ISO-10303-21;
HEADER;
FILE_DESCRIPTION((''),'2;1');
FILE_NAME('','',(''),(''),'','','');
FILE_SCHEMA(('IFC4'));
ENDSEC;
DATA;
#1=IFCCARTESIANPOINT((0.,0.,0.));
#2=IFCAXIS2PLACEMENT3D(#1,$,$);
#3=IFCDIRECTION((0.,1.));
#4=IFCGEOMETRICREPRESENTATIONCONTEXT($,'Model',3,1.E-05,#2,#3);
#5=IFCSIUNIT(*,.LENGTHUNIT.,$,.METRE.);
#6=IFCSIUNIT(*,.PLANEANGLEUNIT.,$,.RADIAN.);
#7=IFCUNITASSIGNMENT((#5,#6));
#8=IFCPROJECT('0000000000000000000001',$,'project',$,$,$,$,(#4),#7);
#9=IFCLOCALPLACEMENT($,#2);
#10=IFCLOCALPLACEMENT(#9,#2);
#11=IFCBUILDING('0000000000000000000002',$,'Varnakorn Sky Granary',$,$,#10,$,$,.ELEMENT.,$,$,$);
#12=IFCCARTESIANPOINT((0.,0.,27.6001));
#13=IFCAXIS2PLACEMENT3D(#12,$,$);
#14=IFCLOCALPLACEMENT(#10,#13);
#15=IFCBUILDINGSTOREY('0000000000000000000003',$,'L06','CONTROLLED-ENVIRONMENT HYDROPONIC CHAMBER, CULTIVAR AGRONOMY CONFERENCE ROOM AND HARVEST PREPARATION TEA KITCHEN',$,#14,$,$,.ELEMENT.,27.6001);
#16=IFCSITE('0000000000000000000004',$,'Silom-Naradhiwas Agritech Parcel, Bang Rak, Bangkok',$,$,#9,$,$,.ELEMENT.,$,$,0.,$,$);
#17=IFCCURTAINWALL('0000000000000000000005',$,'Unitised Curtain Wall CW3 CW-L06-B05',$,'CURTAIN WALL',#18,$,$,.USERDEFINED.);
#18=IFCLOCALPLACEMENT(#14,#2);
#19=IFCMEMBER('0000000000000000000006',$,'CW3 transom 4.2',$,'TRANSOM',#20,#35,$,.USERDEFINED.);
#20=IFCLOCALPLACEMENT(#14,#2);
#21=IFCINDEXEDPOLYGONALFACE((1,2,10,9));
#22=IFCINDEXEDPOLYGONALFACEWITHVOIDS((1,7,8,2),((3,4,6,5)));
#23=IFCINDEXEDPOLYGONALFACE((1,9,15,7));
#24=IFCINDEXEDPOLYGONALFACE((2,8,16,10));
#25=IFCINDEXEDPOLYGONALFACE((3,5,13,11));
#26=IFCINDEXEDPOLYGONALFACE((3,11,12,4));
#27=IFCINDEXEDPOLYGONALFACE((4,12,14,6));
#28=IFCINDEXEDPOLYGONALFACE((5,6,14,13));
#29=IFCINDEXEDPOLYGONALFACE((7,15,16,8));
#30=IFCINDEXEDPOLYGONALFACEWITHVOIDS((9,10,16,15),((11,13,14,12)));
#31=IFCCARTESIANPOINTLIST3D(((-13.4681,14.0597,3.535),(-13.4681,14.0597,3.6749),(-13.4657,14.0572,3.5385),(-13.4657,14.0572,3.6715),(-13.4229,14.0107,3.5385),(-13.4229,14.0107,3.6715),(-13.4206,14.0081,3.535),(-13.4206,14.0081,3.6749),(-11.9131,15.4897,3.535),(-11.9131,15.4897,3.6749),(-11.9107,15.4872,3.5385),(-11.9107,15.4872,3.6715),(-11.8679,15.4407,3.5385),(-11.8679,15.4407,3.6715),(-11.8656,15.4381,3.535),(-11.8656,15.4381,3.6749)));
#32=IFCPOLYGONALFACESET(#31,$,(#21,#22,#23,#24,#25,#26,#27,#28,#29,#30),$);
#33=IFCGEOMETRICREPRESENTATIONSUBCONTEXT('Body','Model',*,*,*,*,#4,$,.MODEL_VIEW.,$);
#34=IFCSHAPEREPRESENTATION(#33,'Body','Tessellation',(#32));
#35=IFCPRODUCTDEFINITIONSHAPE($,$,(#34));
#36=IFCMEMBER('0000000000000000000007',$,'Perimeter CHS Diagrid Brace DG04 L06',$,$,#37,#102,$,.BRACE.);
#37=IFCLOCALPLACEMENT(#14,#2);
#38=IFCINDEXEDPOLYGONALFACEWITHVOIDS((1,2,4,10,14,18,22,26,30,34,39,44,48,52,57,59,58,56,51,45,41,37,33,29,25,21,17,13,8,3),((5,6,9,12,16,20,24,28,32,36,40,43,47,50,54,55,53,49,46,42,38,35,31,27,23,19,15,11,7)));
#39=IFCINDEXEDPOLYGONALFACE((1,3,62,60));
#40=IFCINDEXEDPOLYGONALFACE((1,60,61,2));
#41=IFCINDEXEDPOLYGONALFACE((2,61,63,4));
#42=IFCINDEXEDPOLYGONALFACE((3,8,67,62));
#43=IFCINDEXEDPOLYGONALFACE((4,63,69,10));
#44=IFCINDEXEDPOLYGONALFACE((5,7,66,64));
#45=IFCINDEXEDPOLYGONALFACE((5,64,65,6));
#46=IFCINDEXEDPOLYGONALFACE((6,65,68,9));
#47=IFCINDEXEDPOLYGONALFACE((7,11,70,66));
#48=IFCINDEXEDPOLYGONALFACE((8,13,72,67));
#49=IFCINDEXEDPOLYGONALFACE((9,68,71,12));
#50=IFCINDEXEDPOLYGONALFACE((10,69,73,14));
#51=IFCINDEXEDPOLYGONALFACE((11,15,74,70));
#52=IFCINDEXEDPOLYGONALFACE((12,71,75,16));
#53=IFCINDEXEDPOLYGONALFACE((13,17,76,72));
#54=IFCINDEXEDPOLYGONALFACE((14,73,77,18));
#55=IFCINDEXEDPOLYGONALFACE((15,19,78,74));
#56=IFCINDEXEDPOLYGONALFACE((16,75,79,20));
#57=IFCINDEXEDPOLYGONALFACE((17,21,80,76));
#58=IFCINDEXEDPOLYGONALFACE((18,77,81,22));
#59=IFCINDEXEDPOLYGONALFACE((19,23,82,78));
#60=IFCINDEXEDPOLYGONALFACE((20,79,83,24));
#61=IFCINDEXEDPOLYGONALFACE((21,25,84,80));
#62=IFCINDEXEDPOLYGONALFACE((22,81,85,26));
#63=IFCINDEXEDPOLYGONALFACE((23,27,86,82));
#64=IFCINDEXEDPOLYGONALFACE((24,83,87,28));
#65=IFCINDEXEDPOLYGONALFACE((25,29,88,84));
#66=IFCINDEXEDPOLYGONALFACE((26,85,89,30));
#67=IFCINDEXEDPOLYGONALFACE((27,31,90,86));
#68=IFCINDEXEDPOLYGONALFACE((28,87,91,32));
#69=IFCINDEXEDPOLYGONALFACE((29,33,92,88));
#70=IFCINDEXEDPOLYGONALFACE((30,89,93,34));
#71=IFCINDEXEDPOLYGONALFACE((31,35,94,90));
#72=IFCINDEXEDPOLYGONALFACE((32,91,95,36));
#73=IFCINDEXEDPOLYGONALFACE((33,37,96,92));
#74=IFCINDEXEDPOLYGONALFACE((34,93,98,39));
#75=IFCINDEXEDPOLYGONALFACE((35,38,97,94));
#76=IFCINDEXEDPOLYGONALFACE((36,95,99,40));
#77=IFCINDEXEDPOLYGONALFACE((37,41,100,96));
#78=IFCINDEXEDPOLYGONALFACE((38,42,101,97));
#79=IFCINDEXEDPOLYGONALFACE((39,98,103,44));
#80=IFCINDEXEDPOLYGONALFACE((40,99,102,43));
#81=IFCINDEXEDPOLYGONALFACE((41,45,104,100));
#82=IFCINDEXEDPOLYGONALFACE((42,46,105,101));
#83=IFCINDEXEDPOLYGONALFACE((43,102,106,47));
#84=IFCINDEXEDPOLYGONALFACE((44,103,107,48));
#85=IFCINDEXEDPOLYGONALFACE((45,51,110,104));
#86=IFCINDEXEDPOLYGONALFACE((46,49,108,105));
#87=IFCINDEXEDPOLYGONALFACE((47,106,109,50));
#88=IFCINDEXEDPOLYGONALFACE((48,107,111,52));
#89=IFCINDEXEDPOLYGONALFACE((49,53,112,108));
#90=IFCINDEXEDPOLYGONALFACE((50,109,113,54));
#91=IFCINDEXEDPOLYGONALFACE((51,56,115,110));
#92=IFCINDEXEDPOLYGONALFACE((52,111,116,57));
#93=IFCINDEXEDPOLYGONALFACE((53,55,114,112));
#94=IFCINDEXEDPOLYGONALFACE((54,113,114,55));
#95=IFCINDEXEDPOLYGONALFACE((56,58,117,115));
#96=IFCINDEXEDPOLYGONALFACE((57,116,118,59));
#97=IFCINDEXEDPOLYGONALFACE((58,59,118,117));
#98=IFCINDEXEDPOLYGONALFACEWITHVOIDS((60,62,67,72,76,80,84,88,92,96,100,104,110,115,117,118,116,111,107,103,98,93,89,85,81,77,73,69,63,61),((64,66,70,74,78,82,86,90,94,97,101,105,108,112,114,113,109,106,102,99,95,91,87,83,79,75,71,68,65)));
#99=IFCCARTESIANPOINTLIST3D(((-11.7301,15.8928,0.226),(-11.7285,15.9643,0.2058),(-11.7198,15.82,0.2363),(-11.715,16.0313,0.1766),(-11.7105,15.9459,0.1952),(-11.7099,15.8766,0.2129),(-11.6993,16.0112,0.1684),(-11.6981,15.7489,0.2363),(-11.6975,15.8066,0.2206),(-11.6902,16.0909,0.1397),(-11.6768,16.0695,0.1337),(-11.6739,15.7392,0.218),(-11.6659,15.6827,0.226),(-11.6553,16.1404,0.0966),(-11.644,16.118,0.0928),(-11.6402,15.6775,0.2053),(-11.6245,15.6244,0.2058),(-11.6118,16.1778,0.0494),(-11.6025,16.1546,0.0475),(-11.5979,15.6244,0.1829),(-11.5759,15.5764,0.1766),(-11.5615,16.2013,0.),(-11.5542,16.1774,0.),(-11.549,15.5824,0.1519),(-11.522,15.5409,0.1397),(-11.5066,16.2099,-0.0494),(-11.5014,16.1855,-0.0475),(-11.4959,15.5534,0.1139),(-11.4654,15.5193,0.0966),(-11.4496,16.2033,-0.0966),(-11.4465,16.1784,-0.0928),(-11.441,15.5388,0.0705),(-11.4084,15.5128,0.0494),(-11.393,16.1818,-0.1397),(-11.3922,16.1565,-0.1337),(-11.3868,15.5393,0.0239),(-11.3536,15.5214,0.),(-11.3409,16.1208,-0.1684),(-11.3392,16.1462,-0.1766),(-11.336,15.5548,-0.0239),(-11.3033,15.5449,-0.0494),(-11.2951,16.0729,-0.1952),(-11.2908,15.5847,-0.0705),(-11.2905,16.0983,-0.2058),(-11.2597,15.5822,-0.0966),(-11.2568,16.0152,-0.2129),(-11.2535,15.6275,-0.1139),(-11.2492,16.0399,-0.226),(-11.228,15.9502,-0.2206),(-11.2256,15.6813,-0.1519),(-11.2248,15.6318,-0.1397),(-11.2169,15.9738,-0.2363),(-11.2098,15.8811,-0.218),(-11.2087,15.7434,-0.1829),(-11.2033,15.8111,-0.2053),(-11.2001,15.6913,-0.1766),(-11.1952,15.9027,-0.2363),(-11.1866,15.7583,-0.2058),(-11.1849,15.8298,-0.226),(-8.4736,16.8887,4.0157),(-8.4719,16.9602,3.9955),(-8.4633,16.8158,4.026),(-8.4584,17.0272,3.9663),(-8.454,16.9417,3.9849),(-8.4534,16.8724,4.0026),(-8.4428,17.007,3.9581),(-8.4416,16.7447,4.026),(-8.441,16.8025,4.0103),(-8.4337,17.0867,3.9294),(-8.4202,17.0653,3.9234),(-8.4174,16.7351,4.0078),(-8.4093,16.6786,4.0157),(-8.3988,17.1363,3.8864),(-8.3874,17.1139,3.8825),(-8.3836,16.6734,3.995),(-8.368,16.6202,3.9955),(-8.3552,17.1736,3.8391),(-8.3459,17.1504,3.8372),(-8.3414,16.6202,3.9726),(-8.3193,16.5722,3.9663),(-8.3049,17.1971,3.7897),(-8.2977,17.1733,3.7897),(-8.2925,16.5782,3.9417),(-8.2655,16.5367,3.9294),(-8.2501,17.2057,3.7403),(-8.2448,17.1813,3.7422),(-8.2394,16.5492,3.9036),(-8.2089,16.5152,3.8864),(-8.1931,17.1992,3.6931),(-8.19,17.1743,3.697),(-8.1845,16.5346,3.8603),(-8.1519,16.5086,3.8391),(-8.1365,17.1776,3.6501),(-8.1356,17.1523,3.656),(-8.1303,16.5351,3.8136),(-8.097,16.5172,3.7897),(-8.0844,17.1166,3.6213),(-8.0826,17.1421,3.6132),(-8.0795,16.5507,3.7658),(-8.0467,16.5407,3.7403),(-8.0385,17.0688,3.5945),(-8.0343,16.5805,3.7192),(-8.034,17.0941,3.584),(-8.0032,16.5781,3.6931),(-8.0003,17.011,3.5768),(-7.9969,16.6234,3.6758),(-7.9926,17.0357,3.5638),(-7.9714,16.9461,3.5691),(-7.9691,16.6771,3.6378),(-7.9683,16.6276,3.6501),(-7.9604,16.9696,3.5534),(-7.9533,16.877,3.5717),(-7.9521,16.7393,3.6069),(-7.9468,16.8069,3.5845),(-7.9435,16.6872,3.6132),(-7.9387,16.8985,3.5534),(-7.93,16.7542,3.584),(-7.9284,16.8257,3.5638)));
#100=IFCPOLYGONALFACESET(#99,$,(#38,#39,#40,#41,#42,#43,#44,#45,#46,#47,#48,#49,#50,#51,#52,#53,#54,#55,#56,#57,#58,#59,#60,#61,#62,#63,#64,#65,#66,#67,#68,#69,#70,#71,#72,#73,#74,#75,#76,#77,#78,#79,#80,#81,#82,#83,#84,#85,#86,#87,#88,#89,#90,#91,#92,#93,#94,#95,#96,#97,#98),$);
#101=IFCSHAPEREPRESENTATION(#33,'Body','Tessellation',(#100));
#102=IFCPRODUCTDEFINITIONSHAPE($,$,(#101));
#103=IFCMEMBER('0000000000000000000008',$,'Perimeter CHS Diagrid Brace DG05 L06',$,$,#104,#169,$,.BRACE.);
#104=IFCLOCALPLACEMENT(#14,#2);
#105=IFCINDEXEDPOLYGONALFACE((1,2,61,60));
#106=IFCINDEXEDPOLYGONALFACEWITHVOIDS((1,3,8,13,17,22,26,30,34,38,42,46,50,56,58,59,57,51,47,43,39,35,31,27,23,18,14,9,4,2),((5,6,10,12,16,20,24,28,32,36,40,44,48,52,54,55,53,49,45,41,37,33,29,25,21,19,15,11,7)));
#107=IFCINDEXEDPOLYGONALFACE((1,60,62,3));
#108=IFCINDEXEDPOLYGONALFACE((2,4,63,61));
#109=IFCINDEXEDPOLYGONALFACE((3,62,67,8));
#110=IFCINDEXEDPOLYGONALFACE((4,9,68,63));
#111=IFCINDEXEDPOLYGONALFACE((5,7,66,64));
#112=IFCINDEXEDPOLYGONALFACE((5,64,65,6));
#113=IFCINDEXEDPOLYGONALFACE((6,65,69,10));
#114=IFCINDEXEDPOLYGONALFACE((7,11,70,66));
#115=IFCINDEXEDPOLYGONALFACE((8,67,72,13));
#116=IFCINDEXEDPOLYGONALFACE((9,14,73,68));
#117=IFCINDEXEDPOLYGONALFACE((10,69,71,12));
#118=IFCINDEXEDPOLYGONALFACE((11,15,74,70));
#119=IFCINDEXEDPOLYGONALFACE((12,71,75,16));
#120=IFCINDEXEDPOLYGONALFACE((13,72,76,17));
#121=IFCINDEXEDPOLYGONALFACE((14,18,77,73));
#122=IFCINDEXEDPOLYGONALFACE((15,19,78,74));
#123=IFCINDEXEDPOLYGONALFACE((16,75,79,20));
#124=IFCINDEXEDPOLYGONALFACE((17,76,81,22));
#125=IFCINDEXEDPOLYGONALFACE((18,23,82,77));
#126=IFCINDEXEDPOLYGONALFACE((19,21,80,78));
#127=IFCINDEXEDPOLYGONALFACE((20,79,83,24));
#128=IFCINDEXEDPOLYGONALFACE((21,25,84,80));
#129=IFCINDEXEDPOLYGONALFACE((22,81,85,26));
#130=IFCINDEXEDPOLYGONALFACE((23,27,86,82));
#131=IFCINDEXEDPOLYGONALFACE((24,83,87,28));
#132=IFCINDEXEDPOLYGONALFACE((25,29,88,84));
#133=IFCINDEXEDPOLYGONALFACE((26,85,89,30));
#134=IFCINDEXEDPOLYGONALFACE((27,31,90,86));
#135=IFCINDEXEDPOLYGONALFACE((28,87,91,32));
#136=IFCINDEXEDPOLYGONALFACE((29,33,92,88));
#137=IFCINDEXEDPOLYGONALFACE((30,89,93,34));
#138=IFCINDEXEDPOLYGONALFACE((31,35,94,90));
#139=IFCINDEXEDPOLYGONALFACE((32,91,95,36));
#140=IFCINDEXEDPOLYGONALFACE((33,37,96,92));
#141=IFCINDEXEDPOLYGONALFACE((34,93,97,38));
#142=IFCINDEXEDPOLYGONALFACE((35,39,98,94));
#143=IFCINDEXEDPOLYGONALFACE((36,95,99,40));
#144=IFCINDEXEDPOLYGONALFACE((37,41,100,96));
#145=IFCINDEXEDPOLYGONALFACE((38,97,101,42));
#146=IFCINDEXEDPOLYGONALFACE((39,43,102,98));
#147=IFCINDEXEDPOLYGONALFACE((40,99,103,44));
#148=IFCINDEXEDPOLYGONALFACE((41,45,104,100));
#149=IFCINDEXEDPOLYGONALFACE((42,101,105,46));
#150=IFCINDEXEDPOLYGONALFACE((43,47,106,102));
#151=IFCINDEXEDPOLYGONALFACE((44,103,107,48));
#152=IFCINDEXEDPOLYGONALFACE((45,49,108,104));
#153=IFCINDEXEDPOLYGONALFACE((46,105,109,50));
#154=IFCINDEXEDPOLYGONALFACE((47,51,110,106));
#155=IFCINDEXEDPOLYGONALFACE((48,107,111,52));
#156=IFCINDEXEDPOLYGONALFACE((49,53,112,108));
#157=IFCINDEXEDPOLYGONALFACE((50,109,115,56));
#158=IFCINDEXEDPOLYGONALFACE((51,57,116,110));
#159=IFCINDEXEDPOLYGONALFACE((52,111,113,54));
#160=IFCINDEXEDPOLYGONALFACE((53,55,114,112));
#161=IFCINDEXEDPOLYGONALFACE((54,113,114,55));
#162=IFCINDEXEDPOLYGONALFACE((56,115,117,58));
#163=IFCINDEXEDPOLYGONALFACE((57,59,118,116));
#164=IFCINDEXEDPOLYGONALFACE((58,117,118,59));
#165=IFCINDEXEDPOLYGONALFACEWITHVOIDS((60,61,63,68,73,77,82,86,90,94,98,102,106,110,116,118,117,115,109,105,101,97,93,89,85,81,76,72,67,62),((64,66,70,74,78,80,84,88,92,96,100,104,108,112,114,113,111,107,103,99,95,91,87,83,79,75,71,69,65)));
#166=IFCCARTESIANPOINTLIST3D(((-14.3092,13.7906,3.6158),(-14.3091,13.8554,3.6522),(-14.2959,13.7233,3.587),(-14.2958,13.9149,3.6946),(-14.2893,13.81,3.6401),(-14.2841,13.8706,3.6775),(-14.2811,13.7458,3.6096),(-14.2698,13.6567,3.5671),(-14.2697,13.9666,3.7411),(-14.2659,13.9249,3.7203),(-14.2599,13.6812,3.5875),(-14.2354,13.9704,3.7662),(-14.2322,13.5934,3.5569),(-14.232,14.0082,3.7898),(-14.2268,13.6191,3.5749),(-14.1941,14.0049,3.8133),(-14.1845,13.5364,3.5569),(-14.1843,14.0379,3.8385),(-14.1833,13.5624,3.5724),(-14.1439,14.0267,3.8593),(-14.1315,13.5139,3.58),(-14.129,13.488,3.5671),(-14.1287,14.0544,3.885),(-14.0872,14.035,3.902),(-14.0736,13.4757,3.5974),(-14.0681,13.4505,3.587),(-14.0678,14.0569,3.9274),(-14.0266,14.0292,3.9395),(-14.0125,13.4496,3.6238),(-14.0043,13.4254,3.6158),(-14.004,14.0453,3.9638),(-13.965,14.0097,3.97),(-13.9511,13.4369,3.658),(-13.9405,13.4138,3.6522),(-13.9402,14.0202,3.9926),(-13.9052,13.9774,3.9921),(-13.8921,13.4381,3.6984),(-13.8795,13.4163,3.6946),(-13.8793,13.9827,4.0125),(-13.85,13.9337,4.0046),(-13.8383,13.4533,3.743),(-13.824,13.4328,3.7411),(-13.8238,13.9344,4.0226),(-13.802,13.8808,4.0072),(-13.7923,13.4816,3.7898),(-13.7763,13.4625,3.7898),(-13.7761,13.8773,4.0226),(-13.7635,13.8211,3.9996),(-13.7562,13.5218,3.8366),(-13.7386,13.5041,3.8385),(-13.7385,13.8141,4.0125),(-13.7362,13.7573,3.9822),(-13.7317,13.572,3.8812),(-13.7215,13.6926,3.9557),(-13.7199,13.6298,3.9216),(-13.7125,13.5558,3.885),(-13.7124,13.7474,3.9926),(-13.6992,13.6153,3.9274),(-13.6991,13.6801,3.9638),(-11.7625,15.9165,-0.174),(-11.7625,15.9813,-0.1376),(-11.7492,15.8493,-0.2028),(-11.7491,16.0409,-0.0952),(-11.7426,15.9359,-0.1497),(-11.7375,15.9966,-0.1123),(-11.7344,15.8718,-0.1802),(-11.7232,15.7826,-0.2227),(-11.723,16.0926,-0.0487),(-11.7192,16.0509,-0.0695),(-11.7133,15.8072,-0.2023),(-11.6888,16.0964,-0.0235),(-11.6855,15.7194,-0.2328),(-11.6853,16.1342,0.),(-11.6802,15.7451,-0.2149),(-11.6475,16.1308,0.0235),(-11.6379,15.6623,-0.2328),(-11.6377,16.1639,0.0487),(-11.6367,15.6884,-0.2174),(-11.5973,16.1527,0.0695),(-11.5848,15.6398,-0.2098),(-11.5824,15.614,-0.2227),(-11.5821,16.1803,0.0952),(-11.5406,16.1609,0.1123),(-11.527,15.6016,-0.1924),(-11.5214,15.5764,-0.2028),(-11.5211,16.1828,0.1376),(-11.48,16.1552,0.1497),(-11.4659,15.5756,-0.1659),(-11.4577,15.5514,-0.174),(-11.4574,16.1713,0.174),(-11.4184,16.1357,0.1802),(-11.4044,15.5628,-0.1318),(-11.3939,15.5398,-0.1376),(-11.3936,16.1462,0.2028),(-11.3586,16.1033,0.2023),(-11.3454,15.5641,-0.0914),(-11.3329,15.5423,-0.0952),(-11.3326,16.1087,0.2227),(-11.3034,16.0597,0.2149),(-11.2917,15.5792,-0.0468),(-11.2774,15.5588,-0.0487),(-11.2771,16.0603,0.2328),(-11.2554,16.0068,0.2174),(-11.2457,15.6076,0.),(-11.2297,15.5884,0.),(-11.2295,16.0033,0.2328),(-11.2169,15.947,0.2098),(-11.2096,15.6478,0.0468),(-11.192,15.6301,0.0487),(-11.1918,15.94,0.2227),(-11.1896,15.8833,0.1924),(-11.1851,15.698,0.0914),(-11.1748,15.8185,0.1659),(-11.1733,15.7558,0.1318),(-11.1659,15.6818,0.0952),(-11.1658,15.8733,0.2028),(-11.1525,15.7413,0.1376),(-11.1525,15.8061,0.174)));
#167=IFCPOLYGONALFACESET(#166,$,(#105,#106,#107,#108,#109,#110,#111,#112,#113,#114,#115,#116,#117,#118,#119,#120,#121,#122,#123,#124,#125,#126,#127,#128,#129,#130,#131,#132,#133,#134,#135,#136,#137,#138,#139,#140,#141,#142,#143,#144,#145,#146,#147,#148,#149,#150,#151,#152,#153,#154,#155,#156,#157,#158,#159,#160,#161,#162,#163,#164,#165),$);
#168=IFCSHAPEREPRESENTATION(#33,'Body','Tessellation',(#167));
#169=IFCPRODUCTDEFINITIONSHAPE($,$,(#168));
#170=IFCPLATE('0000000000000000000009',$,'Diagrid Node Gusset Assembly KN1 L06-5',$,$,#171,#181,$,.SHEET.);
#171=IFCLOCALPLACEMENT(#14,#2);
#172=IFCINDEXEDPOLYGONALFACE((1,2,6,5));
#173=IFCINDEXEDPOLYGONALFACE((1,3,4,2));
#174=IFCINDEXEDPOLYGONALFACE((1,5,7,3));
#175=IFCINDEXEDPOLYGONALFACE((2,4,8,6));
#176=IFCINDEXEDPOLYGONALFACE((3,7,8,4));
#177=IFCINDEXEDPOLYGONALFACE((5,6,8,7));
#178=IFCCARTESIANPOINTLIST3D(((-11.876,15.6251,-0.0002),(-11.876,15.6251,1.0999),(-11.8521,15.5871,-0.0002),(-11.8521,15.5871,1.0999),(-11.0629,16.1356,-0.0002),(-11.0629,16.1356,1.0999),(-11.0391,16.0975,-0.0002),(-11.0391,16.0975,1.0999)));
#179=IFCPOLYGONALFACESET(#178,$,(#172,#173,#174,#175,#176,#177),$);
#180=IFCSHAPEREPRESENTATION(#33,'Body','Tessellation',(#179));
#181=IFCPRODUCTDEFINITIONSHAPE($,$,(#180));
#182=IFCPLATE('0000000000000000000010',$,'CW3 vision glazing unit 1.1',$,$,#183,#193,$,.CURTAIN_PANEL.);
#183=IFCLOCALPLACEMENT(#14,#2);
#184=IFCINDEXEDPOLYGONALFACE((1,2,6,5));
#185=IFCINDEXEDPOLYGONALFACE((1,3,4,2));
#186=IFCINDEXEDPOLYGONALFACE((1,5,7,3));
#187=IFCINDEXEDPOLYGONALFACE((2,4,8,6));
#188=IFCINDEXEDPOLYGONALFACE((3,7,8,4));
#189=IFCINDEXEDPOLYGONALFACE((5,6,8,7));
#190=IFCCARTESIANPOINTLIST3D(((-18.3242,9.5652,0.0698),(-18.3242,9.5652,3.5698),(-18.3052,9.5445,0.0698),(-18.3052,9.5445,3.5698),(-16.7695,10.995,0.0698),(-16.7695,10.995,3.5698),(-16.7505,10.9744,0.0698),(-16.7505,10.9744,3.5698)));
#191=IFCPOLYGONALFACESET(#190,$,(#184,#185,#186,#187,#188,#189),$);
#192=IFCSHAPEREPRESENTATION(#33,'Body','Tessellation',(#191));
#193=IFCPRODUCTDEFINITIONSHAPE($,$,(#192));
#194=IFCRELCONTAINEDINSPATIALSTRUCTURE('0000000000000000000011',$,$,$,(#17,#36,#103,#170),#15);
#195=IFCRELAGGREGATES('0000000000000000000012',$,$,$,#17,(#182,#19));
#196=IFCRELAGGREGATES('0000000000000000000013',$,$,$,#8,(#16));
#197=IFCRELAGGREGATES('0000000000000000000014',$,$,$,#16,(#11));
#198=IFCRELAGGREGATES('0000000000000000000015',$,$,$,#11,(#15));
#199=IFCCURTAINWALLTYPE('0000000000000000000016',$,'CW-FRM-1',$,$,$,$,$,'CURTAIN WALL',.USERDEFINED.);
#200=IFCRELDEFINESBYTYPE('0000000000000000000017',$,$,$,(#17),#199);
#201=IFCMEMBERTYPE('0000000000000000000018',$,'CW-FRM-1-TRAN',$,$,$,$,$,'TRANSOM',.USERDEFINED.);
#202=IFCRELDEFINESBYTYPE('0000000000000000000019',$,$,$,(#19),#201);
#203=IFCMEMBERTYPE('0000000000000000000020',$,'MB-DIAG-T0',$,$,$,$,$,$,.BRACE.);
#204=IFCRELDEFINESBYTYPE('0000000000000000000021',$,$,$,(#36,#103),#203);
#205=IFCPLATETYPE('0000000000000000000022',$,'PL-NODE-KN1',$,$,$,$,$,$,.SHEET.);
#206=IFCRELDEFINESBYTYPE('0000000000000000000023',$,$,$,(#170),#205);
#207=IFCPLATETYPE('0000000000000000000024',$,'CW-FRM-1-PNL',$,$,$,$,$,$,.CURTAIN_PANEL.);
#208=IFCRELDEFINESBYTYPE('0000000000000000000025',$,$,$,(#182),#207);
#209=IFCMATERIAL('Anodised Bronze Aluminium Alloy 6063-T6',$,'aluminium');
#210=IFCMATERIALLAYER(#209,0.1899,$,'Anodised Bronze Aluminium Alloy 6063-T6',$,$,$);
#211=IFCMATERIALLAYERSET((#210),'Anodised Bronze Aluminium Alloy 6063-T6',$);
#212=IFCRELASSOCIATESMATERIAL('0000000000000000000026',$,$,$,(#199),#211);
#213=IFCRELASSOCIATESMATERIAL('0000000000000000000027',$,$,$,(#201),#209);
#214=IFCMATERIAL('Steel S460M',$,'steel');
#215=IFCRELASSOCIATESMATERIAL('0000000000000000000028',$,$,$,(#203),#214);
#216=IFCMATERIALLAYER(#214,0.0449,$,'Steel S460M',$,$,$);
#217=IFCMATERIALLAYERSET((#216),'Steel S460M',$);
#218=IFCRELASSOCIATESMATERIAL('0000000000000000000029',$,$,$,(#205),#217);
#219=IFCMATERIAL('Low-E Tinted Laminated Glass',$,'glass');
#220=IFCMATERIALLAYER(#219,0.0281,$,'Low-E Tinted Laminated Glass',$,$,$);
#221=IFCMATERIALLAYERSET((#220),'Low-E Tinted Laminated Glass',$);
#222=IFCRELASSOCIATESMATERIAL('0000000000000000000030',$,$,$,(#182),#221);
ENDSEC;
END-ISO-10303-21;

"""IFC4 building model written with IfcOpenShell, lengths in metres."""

from ifc_helpers import new_model, si_unit, direction, frame, origin, origin_2d, place, context, subcontext, project, spatial, rectangle, hollow_rectangle, hollow_circle, extrude, source, transform, mapped, material, layer, layer_set, material_profile, profile_set, type_object, element, aggregate, save


model = new_model("IFC4")

# Units and contexts
model_context = context("Model", 3, precision=1e-05, world=origin(), true_north=direction((0.0, 1.0)))
body_context = subcontext(model_context, "Body", "Model", "MODEL_VIEW")
ifc_project = project(units=[si_unit("LENGTHUNIT", "METRE"), si_unit("PLANEANGLEUNIT", "RADIAN")], contexts=[model_context])

# Site, building, storey
site_placement = place(None, origin())
site = spatial("IfcSite", under=ifc_project, at=site_placement, Name="Silom-Naradhiwas Agritech Parcel, Bang Rak, Bangkok", CompositionType="ELEMENT", RefElevation=0.0)
building_placement = place(site_placement, origin())
building = spatial("IfcBuilding", under=site, at=building_placement, Name="Varnakorn Sky Granary", CompositionType="ELEMENT")
storey_placement = place(building_placement, frame((0.0, 0.0, 27.6001)))
storey = spatial("IfcBuildingStorey", under=building, at=storey_placement, Name="L06", Description="CONTROLLED-ENVIRONMENT HYDROPONIC CHAMBER, CULTIVAR AGRONOMY CONFERENCE ROOM AND HARVEST PREPARATION TEA KITCHEN", CompositionType="ELEMENT", Elevation=27.6001)

# Shared definitions
ifc_material_1 = material(Name="Steel S460M", Category="steel")

# Curtain wall
ifc_material_2 = material(Name="Anodised Bronze Aluminium Alloy 6063-T6", Category="aluminium")
ifc_layer_1 = layer(ifc_material_2, 0.1899, Name="Anodised Bronze Aluminium Alloy 6063-T6")
ifc_layer_set_1 = layer_set([ifc_layer_1], Name="Anodised Bronze Aluminium Alloy 6063-T6")
curtain_wall_type = type_object("IfcCurtainWallType", Name="CW-FRM-1", ElementType="CURTAIN WALL", PredefinedType="USERDEFINED", material=ifc_layer_set_1)
curtain_wall_1_placement = place(storey_placement, origin())
curtain_wall_1 = element("IfcCurtainWall", 1, at=curtain_wall_1_placement, inside=storey, type_object=curtain_wall_type, Name="Unitised Curtain Wall CW3 CW-L06-B05", ObjectType="CURTAIN WALL", PredefinedType="USERDEFINED")

# Member
ifc_material_profile_1 = material_profile(ifc_material_2, hollow_rectangle(XDim=0.0701, YDim=0.1399, WallThickness=0.0034, at=origin_2d()), Name="ALU TRAN 70x140")
ifc_profile_set_1 = profile_set([ifc_material_profile_1], Name="Anodised Bronze Aluminium Alloy 6063-T6")
member_type_1 = type_object("IfcMemberType", Name="CW-FRM-1-TRAN", ElementType="TRANSOM", PredefinedType="USERDEFINED", material=ifc_profile_set_1)
member_1_placement = place(storey_placement, frame((-13.4443, 14.0339, 3.605), z_axis=(0.736074, 0.676901, 0.0), x_axis=(-0.676901, 0.736074, 0.0)))
member_1 = element("IfcMember", 2, at=member_1_placement, type_object=member_type_1, Name="CW3 transom 4.2", ObjectType="TRANSOM", PredefinedType="USERDEFINED", context=body_context, shape_type="SweptSolid", body=[
    extrude(hollow_rectangle(XDim=0.0701, YDim=0.1399, WallThickness=0.0034, at=origin_2d()), origin(), (0.0, 0.0, 1.0), 2.1125),
])

# Members
ifc_material_profile_2 = material_profile(ifc_material_1, hollow_circle(Radius=0.3555, WallThickness=0.0249, at=origin_2d()), Name="CHS 711x25")
ifc_profile_set_2 = profile_set([ifc_material_profile_2], Name="Steel S460M")
member_type_2 = type_object("IfcMemberType", Name="MB-DIAG-T0", PredefinedType="BRACE", material=ifc_profile_set_2)
member_2_placement = place(storey_placement, frame((-11.4575, 15.8613, 0.0), z_axis=(0.639166, 0.195454, 0.743817), x_axis=(-0.292428, 0.956288, 0.0)))
element("IfcMember", 3, at=member_2_placement, inside=storey, type_object=member_type_2, Name="Perimeter CHS Diagrid Brace DG04 L06", PredefinedType="BRACE", context=body_context, shape_type="SweptSolid", body=[
    extrude(hollow_circle(Radius=0.3555, WallThickness=0.0249, at=origin_2d()), origin(), (0.0, 0.0, 1.0), 5.095),
])
member_3_placement = place(storey_placement, frame((-11.4575, 15.8613, 0.0), z_axis=(-0.505622, -0.422103, 0.752446), x_axis=(0.640857, -0.76766, 0.0)))
element("IfcMember", 4, at=member_3_placement, inside=storey, type_object=member_type_2, Name="Perimeter CHS Diagrid Brace DG05 L06", PredefinedType="BRACE", context=body_context, shape_type="SweptSolid", body=[
    extrude(hollow_circle(Radius=0.3555, WallThickness=0.0249, at=origin_2d()), origin(), (0.0, 0.0, 1.0), 5.0366),
])

# Plates
ifc_layer_2 = layer(ifc_material_1, 0.0449, Name="Steel S460M")
ifc_layer_set_2 = layer_set([ifc_layer_2], Name="Steel S460M")
plate_type_1 = type_object("IfcPlateType", Name="PL-NODE-KN1", PredefinedType="SHEET", material=ifc_layer_set_2)
plate_1_placement = place(storey_placement, frame((-11.4575, 15.8613, -0.0002), z_axis=(0.0, 0.0, 1.0), x_axis=(-0.846936, -0.531695, 0.0)))
element("IfcPlate", 5, at=plate_1_placement, inside=storey, type_object=plate_type_1, Name="Diagrid Node Gusset Assembly KN1 L06-5", PredefinedType="SHEET", context=body_context, shape_type="SweptSolid", body=[
    extrude(rectangle(XDim=0.96, YDim=0.0449, at=origin_2d()), origin(), (0.0, 0.0, 1.0), 1.1001),
])
ifc_material_3 = material(Name="Low-E Tinted Laminated Glass", Category="glass")
ifc_layer_3 = layer(ifc_material_3, 0.0281, Name="Low-E Tinted Laminated Glass")
ifc_layer_set_3 = layer_set([ifc_layer_3], Name="Low-E Tinted Laminated Glass")
plate_type_2 = type_object("IfcPlateType", Name="CW-FRM-1-PNL", PredefinedType="CURTAIN_PANEL")
shared_shape_1 = source(origin(), body_context, "Body", "SweptSolid", [
    extrude(rectangle(XDim=2.1123, YDim=0.0281, at=origin_2d()), origin(), (0.0, 0.0, 1.0), 3.5),
])
plate_2_placement = place(storey_placement, frame((-17.5374, 10.2698, 0.0698), z_axis=(0.0, 0.0, 1.0), x_axis=(0.736062, 0.676914, 0.0)))
plate_2 = element("IfcPlate", 6, at=plate_2_placement, type_object=plate_type_2, material=ifc_layer_set_3, Name="CW3 vision glazing unit 1.1", PredefinedType="CURTAIN_PANEL", context=body_context, shape_type="MappedRepresentation", body=[
    mapped(shared_shape_1, transform((0.0, 0.0, 0.0), x_axis=(1.0, 0.0, 0.0), y_axis=(0.0, 1.0, 0.0), z_axis=(0.0, 0.0, 1.0), scale=1.0)),
])
aggregate(curtain_wall_1, [plate_2, member_1])

save(model, "model.ifc")
